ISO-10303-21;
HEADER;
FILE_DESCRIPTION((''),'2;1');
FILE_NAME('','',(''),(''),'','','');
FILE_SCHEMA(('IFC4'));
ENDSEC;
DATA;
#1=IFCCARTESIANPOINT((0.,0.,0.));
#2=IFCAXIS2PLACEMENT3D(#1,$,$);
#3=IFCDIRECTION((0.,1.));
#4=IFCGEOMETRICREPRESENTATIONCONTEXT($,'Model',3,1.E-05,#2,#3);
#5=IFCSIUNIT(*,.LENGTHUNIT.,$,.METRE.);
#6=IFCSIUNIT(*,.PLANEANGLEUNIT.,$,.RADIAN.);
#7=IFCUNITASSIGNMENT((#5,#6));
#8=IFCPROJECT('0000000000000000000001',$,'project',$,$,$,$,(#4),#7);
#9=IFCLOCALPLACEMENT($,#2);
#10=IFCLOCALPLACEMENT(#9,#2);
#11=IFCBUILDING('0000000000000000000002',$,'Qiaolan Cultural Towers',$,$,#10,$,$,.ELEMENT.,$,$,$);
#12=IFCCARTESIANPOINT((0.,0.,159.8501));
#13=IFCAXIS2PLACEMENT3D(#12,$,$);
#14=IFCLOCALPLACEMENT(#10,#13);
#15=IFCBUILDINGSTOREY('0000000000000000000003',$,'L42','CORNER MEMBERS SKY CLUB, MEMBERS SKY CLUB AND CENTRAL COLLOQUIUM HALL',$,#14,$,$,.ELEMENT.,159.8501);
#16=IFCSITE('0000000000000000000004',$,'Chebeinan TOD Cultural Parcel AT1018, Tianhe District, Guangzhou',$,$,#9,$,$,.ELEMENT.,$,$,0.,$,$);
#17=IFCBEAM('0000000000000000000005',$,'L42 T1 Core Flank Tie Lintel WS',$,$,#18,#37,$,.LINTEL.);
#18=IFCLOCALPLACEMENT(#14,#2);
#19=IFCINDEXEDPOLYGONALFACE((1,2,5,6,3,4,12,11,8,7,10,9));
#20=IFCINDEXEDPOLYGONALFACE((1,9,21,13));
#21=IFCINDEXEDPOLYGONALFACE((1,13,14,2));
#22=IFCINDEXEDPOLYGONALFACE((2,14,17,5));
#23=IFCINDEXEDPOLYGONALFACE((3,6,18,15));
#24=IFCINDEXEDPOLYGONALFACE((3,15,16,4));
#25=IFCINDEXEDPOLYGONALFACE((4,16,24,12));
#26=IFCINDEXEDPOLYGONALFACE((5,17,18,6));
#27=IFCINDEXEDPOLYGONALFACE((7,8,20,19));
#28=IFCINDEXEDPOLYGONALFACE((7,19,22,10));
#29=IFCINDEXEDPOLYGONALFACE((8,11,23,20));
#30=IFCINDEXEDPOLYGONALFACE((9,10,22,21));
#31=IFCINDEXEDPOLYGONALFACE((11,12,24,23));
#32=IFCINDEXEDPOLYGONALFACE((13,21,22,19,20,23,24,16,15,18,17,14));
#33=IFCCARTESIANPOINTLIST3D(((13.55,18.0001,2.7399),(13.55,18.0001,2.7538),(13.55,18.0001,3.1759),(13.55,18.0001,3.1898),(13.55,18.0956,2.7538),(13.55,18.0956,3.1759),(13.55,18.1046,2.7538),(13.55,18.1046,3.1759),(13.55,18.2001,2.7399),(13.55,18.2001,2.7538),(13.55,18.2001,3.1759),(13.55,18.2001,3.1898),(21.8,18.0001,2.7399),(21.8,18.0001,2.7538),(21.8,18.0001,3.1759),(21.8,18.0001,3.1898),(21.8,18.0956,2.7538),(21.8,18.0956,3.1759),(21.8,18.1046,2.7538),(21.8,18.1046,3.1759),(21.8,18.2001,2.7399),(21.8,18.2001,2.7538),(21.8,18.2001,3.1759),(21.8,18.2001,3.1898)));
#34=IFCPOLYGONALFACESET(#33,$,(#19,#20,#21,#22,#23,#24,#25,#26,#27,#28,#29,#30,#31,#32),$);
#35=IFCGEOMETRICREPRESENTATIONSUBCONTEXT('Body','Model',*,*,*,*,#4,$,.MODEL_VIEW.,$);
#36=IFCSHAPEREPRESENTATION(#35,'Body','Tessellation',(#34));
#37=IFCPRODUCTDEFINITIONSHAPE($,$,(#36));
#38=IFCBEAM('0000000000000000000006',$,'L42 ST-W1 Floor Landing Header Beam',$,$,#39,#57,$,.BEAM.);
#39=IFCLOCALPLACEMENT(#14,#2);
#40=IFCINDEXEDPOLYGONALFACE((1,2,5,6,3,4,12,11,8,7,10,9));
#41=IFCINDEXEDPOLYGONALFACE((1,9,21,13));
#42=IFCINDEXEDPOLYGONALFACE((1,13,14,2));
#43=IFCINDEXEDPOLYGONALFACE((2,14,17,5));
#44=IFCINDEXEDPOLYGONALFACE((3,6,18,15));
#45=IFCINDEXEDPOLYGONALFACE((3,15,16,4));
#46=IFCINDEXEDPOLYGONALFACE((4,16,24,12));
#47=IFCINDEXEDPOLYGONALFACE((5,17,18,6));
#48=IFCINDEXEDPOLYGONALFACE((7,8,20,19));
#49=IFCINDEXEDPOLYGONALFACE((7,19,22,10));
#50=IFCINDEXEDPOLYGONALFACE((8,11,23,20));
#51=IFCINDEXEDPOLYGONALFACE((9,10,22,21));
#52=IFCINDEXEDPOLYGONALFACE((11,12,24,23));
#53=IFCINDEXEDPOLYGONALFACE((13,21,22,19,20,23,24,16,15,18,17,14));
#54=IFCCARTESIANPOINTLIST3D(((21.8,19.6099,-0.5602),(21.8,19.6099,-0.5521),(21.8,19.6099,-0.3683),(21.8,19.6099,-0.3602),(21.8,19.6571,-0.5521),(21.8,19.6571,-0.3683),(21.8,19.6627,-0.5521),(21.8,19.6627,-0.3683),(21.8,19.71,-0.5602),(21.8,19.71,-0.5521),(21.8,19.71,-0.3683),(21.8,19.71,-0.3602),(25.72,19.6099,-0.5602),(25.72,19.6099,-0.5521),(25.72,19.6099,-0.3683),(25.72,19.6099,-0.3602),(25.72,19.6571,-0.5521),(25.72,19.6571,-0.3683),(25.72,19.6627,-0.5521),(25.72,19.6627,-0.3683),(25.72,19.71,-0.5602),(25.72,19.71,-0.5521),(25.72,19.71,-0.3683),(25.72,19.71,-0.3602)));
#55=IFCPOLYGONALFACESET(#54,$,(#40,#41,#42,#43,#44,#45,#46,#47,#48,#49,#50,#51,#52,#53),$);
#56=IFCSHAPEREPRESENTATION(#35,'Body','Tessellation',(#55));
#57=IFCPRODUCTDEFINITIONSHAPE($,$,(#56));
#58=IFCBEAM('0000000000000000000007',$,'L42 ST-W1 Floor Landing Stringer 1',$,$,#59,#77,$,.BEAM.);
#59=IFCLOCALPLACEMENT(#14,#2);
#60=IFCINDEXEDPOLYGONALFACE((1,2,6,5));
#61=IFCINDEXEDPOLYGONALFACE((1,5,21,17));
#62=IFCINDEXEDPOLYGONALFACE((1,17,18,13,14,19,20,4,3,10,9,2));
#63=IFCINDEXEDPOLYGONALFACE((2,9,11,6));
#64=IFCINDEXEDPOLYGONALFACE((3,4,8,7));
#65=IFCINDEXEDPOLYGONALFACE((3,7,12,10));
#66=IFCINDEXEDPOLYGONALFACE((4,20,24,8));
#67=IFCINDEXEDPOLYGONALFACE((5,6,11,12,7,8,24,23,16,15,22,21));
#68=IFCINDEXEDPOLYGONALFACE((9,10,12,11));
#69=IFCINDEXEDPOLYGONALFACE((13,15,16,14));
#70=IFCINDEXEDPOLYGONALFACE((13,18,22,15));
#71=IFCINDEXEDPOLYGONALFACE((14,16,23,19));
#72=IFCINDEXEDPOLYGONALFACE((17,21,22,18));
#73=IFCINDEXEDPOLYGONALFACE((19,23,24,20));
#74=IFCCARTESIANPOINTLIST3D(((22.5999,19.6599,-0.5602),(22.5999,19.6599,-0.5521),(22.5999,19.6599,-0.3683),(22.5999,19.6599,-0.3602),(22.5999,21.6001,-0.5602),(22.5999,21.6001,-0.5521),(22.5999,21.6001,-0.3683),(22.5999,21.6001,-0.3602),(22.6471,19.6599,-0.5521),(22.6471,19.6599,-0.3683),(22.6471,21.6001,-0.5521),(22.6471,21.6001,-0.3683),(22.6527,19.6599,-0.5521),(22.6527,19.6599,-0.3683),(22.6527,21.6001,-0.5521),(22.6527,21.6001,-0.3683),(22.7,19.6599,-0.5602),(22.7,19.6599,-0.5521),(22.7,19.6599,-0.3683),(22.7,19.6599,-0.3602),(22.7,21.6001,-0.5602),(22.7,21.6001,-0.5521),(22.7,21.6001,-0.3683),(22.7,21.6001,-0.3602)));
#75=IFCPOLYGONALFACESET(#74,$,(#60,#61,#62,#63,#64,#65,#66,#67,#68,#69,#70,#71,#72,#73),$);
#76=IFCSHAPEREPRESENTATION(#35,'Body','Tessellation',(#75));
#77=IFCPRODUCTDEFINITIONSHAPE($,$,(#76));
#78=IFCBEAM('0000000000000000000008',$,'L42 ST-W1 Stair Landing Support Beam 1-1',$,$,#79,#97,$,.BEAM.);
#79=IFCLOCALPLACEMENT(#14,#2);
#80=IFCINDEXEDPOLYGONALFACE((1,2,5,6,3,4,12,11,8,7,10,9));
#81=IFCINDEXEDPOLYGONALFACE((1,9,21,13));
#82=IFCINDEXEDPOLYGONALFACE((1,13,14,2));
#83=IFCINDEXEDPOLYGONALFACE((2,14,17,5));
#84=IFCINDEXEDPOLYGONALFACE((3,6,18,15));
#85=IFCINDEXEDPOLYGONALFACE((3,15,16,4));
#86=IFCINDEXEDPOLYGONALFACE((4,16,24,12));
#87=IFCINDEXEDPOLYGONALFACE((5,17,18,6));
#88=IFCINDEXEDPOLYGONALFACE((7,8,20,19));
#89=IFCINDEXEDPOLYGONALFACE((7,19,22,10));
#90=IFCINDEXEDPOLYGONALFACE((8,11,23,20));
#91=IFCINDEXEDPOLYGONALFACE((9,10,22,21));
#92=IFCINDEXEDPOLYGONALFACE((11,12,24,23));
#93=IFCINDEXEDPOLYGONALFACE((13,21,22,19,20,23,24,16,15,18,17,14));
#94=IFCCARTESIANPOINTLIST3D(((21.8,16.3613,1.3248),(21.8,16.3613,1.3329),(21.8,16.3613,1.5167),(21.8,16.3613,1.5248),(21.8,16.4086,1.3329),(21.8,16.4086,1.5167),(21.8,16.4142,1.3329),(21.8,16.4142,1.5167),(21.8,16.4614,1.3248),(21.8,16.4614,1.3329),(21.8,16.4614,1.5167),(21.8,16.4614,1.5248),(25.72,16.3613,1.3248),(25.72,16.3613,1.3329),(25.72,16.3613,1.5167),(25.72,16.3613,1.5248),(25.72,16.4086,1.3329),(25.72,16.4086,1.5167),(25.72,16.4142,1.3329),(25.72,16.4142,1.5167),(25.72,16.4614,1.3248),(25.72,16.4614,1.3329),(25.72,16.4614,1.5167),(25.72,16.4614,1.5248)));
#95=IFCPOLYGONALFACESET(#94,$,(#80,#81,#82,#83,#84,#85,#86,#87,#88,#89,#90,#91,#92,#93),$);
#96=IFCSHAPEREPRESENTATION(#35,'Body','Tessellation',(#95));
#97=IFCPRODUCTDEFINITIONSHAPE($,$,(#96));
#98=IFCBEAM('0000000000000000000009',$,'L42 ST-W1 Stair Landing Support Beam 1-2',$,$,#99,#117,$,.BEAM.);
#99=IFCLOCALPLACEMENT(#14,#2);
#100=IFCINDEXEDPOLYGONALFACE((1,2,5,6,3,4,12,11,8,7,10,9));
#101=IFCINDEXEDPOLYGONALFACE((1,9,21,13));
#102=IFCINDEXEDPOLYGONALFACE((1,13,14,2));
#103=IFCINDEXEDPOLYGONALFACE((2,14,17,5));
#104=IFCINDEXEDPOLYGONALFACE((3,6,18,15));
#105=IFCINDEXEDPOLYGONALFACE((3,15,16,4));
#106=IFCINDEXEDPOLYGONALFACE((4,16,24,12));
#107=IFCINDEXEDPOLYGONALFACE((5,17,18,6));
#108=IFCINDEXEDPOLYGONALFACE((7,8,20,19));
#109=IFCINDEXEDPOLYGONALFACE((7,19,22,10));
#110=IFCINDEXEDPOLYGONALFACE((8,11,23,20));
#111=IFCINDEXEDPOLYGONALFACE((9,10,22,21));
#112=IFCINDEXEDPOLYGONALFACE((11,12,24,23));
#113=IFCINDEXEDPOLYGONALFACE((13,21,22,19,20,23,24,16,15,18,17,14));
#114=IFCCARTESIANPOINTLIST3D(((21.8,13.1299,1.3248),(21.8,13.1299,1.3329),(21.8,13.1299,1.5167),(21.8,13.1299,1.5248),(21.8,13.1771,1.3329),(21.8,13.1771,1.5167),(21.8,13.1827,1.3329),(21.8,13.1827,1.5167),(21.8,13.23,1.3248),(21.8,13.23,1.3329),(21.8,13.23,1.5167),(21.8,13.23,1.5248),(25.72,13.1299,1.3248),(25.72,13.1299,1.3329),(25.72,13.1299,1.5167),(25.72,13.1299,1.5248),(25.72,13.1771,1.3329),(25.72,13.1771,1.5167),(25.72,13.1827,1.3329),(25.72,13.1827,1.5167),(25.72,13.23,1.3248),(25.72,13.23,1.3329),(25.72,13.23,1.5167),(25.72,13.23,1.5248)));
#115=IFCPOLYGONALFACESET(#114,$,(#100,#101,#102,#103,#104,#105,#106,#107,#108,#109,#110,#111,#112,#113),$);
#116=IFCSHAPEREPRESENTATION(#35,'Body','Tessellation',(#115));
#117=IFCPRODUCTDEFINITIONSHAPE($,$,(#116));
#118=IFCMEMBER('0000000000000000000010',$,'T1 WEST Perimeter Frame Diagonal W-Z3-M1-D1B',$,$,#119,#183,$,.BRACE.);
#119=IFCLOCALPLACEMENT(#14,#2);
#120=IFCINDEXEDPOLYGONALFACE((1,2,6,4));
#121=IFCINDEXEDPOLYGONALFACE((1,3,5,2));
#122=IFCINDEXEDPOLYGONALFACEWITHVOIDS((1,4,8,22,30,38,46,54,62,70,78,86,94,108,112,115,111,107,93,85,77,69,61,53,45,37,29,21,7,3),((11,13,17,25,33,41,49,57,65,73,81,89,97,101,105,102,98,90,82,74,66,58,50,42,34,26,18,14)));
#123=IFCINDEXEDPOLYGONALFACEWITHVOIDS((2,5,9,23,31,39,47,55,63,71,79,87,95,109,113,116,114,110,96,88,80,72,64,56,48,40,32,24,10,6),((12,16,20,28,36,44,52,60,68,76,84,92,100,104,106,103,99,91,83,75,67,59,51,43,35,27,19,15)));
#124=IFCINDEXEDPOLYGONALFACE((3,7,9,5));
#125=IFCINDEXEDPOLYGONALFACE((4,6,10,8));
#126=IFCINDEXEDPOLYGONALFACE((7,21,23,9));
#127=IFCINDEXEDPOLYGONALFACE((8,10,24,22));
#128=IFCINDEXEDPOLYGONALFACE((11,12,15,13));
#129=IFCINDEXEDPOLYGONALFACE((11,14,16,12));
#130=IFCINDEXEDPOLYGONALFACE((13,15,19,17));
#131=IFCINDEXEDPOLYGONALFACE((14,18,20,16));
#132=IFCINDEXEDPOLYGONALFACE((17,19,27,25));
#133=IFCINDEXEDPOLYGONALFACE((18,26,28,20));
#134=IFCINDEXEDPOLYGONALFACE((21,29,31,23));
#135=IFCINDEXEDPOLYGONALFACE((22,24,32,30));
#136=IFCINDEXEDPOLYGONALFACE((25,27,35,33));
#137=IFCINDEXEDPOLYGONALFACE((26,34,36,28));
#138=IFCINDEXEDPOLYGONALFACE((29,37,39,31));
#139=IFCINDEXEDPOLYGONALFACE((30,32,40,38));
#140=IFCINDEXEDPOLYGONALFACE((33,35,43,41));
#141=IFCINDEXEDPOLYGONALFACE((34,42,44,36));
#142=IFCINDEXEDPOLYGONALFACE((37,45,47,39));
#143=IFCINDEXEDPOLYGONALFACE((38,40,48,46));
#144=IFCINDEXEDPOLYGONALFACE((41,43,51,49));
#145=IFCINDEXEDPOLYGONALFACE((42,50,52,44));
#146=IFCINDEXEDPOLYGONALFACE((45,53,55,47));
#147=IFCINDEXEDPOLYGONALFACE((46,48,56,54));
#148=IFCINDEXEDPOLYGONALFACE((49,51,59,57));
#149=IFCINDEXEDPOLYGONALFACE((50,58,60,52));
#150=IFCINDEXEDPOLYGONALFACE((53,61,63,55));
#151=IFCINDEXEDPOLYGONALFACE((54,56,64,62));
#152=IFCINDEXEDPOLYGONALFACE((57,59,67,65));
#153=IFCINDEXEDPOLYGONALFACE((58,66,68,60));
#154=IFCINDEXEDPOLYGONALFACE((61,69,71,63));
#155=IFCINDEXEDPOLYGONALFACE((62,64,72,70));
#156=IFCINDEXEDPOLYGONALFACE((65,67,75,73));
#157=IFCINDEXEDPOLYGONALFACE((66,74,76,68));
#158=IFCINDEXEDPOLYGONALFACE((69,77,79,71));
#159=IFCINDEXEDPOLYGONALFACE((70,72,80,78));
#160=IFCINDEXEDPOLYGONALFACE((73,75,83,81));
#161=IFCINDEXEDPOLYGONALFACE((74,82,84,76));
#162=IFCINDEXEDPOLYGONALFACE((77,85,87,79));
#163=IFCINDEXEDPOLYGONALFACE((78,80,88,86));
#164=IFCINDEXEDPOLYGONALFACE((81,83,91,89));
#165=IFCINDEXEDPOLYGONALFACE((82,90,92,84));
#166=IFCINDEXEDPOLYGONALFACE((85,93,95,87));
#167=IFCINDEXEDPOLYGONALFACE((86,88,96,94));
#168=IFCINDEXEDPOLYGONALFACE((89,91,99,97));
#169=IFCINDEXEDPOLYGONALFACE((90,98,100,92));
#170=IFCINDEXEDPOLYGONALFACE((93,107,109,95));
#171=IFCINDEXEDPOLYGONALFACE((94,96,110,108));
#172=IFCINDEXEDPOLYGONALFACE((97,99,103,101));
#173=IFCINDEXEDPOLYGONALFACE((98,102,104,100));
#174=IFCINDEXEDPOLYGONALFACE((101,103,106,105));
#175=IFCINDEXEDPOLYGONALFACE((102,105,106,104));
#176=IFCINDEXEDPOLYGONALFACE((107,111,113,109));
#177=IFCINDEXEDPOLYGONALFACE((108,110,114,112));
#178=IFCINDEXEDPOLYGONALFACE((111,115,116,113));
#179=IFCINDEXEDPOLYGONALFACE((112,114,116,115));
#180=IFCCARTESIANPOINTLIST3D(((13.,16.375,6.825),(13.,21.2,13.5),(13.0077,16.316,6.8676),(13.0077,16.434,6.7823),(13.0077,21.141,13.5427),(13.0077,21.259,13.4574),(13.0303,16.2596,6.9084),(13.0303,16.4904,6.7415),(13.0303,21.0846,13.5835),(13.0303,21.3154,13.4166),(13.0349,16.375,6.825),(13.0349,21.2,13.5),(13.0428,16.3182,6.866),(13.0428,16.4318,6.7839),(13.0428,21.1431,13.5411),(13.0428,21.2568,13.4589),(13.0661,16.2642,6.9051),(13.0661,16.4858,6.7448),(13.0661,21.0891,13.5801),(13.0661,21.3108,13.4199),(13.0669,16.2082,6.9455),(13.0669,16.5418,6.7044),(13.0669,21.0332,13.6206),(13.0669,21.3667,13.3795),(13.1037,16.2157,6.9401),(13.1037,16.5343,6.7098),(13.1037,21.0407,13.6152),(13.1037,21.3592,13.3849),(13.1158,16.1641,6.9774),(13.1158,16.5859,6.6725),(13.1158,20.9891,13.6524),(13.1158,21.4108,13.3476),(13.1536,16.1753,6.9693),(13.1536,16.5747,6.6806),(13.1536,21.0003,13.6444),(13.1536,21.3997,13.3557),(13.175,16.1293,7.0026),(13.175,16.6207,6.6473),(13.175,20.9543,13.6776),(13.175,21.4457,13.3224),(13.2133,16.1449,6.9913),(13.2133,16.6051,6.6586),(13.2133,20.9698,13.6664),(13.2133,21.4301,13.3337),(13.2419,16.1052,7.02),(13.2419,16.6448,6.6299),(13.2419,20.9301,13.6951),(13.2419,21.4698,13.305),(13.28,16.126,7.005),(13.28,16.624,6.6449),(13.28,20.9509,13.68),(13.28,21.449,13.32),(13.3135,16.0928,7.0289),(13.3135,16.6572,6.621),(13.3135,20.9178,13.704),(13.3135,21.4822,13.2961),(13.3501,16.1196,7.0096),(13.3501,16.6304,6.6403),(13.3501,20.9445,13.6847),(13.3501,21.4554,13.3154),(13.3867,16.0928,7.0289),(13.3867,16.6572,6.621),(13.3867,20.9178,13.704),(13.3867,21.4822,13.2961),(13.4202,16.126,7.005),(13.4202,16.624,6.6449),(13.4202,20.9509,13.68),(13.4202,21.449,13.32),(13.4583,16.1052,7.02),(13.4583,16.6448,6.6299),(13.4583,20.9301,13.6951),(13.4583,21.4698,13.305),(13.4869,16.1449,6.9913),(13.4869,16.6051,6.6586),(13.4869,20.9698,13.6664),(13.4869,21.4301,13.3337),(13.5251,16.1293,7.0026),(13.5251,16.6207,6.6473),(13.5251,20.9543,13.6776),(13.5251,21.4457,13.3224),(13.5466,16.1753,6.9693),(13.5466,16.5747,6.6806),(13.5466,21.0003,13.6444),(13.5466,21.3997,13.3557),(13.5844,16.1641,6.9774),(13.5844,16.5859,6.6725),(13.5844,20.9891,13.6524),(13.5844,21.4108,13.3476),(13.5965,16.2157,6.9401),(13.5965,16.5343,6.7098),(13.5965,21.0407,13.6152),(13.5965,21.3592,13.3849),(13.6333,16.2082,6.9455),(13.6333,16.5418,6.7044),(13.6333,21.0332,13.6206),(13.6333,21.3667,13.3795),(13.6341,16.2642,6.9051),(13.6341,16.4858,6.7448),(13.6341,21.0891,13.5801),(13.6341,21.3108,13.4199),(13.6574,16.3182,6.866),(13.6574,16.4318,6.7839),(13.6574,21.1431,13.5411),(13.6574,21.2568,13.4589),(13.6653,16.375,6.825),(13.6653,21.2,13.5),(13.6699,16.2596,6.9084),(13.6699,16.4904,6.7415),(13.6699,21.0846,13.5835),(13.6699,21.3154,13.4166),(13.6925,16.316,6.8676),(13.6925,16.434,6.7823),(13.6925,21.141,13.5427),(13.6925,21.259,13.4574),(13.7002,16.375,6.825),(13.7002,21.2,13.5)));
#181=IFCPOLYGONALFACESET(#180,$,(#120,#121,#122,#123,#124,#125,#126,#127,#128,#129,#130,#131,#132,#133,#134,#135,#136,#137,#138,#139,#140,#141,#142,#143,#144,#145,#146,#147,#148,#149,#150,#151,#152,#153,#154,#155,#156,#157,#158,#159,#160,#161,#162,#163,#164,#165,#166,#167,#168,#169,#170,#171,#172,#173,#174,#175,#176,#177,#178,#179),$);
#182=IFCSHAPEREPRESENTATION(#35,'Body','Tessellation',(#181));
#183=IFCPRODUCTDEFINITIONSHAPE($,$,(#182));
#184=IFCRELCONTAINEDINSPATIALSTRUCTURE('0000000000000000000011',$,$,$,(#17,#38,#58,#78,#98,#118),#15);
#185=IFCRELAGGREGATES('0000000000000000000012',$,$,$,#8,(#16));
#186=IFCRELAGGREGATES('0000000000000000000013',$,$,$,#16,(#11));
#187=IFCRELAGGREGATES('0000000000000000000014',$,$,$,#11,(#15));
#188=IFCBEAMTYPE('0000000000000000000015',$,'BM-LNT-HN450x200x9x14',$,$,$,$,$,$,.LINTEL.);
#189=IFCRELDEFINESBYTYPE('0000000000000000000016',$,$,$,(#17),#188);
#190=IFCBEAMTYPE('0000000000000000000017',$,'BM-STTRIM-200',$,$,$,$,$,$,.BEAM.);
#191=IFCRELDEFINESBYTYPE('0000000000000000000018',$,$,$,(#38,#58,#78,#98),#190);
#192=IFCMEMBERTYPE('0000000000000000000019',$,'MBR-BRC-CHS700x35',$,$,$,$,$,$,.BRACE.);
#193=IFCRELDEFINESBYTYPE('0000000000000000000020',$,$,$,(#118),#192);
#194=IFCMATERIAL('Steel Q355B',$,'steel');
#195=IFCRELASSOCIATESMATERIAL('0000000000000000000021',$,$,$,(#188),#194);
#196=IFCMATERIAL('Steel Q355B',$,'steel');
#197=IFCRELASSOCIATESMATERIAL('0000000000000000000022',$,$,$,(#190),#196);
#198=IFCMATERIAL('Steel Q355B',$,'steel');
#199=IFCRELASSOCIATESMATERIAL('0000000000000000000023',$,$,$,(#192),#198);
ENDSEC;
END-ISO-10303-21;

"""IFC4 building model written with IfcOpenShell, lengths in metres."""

from ifc_helpers import new_model, si_unit, direction, frame, origin, origin_2d, place, context, subcontext, project, spatial, hollow_circle, i_section, extrude, material, material_profile, profile_set, type_object, element, save


model = new_model("IFC4")

# Units and contexts
model_context = context("Model", 3, precision=1e-05, world=origin(), true_north=direction((0.0, 1.0)))
body_context = subcontext(model_context, "Body", "Model", "MODEL_VIEW")
ifc_project = project(units=[si_unit("LENGTHUNIT", "METRE"), si_unit("PLANEANGLEUNIT", "RADIAN")], contexts=[model_context])

# Site, building, storey
site_placement = place(None, origin())
site = spatial("IfcSite", under=ifc_project, at=site_placement, Name="Chebeinan TOD Cultural Parcel AT1018, Tianhe District, Guangzhou", CompositionType="ELEMENT", RefElevation=0.0)
building_placement = place(site_placement, origin())
building = spatial("IfcBuilding", under=site, at=building_placement, Name="Qiaolan Cultural Towers", CompositionType="ELEMENT")
storey_placement = place(building_placement, frame((0.0, 0.0, 159.8501)))
storey = spatial("IfcBuildingStorey", under=building, at=storey_placement, Name="L42", Description="CORNER MEMBERS SKY CLUB, MEMBERS SKY CLUB AND CENTRAL COLLOQUIUM HALL", CompositionType="ELEMENT", Elevation=159.8501)

# Beams
ifc_material_1 = material(Name="Steel Q355B", Category="steel")
ifc_material_profile_1 = material_profile(ifc_material_1, i_section(OverallWidth=0.2, OverallDepth=0.45, WebThickness=0.009, FlangeThickness=0.0139, at=origin_2d()), Name="HN450x200x9x14")
ifc_profile_set_1 = profile_set([ifc_material_profile_1], Name="Steel Q355B")
beam_type_1 = type_object("IfcBeamType", Name="BM-LNT-HN450x200x9x14", PredefinedType="LINTEL", material=ifc_profile_set_1)
beam_1_placement = place(storey_placement, frame((21.8, 18.1001, 2.9648), z_axis=(-1.0, 0.0, 0.0), x_axis=(0.0, -1.0, 0.0)))
element("IfcBeam", 1, at=beam_1_placement, inside=storey, type_object=beam_type_1, Name="L42 T1 Core Flank Tie Lintel WS", PredefinedType="LINTEL", context=body_context, shape_type="SweptSolid", body=[
    extrude(i_section(OverallWidth=0.2, OverallDepth=0.45, WebThickness=0.009, FlangeThickness=0.0139, at=origin_2d()), origin(), (0.0, 0.0, 1.0), 8.25),
])
ifc_material_2 = material(Name="Steel Q355B", Category="steel")
ifc_material_profile_2 = material_profile(ifc_material_2, i_section(OverallWidth=0.1001, OverallDepth=0.2, WebThickness=0.0056, FlangeThickness=0.0081, at=origin_2d()), Name="HN200x100x5.5x8")
ifc_profile_set_2 = profile_set([ifc_material_profile_2], Name="Steel Q355B")
beam_type_2 = type_object("IfcBeamType", Name="BM-STTRIM-200", PredefinedType="BEAM", material=ifc_profile_set_2)
beam_2_placement = place(storey_placement, frame((21.8, 19.6599, -0.4602), z_axis=(1.0, 0.0, 0.0), x_axis=(0.0, 1.0, 0.0)))
element("IfcBeam", 2, at=beam_2_placement, inside=storey, type_object=beam_type_2, Name="L42 ST-W1 Floor Landing Header Beam", PredefinedType="BEAM", context=body_context, shape_type="SweptSolid", body=[
    extrude(i_section(OverallWidth=0.1001, OverallDepth=0.2, WebThickness=0.0056, FlangeThickness=0.0081, at=origin_2d()), origin(), (0.0, 0.0, 1.0), 3.9199),
])
beam_3_placement = place(storey_placement, frame((22.6499, 21.6001, -0.4602), z_axis=(0.0, -1.0, 0.0), x_axis=(1.0, 0.0, 0.0)))
element("IfcBeam", 3, at=beam_3_placement, inside=storey, type_object=beam_type_2, Name="L42 ST-W1 Floor Landing Stringer 1", PredefinedType="BEAM", context=body_context, shape_type="SweptSolid", body=[
    extrude(i_section(OverallWidth=0.1001, OverallDepth=0.2, WebThickness=0.0056, FlangeThickness=0.0081, at=origin_2d()), origin(), (0.0, 0.0, 1.0), 1.9402),
])
for number, where, z_axis, x_axis, name in (
    (4, (21.8, 16.4114, 1.4248), (1.0, 0.0, 0.0), (0.0, 1.0, 0.0), "L42 ST-W1 Stair Landing Support Beam 1-1"),
    (5, (21.8, 13.1799, 1.4248), (1.0, 0.0, 0.0), (0.0, 1.0, 0.0), "L42 ST-W1 Stair Landing Support Beam 1-2"),
):
    element("IfcBeam", number, at=place(storey_placement, frame(where, z_axis=z_axis, x_axis=x_axis)), inside=storey, type_object=beam_type_2, Name=name, PredefinedType="BEAM", context=body_context, shape_type="SweptSolid", body=[
        extrude(i_section(OverallWidth=0.1001, OverallDepth=0.2, WebThickness=0.0056, FlangeThickness=0.0081, at=origin_2d()), origin(), (0.0, 0.0, 1.0), 3.9199),
    ])

# Member
ifc_material_3 = material(Name="Steel Q355B", Category="steel")
ifc_material_profile_3 = material_profile(ifc_material_3, hollow_circle(Radius=0.3501, WallThickness=0.0349, at=origin_2d()), Name="CHS700x35")
ifc_profile_set_3 = profile_set([ifc_material_profile_3], Name="Steel Q355B")
member_type = type_object("IfcMemberType", Name="MBR-BRC-CHS700x35", PredefinedType="BRACE", material=ifc_profile_set_3)
for number, where, z_axis, x_axis, name in (
    (6, (13.3501, 16.375, 6.825), (0.0, 0.585816, 0.810444), (-1.0, 0.0, 0.0), "T1 WEST Perimeter Frame Diagonal W-Z3-M1-D1B"),
):
    element("IfcMember", number, at=place(storey_placement, frame(where, z_axis=z_axis, x_axis=x_axis)), inside=storey, type_object=member_type, Name=name, PredefinedType="BRACE", context=body_context, shape_type="SweptSolid", body=[
        extrude(hollow_circle(Radius=0.3501, WallThickness=0.0349, at=origin_2d()), origin(), (0.0, 0.0, 1.0), 8.2363),
    ])

save(model, "model.ifc")
